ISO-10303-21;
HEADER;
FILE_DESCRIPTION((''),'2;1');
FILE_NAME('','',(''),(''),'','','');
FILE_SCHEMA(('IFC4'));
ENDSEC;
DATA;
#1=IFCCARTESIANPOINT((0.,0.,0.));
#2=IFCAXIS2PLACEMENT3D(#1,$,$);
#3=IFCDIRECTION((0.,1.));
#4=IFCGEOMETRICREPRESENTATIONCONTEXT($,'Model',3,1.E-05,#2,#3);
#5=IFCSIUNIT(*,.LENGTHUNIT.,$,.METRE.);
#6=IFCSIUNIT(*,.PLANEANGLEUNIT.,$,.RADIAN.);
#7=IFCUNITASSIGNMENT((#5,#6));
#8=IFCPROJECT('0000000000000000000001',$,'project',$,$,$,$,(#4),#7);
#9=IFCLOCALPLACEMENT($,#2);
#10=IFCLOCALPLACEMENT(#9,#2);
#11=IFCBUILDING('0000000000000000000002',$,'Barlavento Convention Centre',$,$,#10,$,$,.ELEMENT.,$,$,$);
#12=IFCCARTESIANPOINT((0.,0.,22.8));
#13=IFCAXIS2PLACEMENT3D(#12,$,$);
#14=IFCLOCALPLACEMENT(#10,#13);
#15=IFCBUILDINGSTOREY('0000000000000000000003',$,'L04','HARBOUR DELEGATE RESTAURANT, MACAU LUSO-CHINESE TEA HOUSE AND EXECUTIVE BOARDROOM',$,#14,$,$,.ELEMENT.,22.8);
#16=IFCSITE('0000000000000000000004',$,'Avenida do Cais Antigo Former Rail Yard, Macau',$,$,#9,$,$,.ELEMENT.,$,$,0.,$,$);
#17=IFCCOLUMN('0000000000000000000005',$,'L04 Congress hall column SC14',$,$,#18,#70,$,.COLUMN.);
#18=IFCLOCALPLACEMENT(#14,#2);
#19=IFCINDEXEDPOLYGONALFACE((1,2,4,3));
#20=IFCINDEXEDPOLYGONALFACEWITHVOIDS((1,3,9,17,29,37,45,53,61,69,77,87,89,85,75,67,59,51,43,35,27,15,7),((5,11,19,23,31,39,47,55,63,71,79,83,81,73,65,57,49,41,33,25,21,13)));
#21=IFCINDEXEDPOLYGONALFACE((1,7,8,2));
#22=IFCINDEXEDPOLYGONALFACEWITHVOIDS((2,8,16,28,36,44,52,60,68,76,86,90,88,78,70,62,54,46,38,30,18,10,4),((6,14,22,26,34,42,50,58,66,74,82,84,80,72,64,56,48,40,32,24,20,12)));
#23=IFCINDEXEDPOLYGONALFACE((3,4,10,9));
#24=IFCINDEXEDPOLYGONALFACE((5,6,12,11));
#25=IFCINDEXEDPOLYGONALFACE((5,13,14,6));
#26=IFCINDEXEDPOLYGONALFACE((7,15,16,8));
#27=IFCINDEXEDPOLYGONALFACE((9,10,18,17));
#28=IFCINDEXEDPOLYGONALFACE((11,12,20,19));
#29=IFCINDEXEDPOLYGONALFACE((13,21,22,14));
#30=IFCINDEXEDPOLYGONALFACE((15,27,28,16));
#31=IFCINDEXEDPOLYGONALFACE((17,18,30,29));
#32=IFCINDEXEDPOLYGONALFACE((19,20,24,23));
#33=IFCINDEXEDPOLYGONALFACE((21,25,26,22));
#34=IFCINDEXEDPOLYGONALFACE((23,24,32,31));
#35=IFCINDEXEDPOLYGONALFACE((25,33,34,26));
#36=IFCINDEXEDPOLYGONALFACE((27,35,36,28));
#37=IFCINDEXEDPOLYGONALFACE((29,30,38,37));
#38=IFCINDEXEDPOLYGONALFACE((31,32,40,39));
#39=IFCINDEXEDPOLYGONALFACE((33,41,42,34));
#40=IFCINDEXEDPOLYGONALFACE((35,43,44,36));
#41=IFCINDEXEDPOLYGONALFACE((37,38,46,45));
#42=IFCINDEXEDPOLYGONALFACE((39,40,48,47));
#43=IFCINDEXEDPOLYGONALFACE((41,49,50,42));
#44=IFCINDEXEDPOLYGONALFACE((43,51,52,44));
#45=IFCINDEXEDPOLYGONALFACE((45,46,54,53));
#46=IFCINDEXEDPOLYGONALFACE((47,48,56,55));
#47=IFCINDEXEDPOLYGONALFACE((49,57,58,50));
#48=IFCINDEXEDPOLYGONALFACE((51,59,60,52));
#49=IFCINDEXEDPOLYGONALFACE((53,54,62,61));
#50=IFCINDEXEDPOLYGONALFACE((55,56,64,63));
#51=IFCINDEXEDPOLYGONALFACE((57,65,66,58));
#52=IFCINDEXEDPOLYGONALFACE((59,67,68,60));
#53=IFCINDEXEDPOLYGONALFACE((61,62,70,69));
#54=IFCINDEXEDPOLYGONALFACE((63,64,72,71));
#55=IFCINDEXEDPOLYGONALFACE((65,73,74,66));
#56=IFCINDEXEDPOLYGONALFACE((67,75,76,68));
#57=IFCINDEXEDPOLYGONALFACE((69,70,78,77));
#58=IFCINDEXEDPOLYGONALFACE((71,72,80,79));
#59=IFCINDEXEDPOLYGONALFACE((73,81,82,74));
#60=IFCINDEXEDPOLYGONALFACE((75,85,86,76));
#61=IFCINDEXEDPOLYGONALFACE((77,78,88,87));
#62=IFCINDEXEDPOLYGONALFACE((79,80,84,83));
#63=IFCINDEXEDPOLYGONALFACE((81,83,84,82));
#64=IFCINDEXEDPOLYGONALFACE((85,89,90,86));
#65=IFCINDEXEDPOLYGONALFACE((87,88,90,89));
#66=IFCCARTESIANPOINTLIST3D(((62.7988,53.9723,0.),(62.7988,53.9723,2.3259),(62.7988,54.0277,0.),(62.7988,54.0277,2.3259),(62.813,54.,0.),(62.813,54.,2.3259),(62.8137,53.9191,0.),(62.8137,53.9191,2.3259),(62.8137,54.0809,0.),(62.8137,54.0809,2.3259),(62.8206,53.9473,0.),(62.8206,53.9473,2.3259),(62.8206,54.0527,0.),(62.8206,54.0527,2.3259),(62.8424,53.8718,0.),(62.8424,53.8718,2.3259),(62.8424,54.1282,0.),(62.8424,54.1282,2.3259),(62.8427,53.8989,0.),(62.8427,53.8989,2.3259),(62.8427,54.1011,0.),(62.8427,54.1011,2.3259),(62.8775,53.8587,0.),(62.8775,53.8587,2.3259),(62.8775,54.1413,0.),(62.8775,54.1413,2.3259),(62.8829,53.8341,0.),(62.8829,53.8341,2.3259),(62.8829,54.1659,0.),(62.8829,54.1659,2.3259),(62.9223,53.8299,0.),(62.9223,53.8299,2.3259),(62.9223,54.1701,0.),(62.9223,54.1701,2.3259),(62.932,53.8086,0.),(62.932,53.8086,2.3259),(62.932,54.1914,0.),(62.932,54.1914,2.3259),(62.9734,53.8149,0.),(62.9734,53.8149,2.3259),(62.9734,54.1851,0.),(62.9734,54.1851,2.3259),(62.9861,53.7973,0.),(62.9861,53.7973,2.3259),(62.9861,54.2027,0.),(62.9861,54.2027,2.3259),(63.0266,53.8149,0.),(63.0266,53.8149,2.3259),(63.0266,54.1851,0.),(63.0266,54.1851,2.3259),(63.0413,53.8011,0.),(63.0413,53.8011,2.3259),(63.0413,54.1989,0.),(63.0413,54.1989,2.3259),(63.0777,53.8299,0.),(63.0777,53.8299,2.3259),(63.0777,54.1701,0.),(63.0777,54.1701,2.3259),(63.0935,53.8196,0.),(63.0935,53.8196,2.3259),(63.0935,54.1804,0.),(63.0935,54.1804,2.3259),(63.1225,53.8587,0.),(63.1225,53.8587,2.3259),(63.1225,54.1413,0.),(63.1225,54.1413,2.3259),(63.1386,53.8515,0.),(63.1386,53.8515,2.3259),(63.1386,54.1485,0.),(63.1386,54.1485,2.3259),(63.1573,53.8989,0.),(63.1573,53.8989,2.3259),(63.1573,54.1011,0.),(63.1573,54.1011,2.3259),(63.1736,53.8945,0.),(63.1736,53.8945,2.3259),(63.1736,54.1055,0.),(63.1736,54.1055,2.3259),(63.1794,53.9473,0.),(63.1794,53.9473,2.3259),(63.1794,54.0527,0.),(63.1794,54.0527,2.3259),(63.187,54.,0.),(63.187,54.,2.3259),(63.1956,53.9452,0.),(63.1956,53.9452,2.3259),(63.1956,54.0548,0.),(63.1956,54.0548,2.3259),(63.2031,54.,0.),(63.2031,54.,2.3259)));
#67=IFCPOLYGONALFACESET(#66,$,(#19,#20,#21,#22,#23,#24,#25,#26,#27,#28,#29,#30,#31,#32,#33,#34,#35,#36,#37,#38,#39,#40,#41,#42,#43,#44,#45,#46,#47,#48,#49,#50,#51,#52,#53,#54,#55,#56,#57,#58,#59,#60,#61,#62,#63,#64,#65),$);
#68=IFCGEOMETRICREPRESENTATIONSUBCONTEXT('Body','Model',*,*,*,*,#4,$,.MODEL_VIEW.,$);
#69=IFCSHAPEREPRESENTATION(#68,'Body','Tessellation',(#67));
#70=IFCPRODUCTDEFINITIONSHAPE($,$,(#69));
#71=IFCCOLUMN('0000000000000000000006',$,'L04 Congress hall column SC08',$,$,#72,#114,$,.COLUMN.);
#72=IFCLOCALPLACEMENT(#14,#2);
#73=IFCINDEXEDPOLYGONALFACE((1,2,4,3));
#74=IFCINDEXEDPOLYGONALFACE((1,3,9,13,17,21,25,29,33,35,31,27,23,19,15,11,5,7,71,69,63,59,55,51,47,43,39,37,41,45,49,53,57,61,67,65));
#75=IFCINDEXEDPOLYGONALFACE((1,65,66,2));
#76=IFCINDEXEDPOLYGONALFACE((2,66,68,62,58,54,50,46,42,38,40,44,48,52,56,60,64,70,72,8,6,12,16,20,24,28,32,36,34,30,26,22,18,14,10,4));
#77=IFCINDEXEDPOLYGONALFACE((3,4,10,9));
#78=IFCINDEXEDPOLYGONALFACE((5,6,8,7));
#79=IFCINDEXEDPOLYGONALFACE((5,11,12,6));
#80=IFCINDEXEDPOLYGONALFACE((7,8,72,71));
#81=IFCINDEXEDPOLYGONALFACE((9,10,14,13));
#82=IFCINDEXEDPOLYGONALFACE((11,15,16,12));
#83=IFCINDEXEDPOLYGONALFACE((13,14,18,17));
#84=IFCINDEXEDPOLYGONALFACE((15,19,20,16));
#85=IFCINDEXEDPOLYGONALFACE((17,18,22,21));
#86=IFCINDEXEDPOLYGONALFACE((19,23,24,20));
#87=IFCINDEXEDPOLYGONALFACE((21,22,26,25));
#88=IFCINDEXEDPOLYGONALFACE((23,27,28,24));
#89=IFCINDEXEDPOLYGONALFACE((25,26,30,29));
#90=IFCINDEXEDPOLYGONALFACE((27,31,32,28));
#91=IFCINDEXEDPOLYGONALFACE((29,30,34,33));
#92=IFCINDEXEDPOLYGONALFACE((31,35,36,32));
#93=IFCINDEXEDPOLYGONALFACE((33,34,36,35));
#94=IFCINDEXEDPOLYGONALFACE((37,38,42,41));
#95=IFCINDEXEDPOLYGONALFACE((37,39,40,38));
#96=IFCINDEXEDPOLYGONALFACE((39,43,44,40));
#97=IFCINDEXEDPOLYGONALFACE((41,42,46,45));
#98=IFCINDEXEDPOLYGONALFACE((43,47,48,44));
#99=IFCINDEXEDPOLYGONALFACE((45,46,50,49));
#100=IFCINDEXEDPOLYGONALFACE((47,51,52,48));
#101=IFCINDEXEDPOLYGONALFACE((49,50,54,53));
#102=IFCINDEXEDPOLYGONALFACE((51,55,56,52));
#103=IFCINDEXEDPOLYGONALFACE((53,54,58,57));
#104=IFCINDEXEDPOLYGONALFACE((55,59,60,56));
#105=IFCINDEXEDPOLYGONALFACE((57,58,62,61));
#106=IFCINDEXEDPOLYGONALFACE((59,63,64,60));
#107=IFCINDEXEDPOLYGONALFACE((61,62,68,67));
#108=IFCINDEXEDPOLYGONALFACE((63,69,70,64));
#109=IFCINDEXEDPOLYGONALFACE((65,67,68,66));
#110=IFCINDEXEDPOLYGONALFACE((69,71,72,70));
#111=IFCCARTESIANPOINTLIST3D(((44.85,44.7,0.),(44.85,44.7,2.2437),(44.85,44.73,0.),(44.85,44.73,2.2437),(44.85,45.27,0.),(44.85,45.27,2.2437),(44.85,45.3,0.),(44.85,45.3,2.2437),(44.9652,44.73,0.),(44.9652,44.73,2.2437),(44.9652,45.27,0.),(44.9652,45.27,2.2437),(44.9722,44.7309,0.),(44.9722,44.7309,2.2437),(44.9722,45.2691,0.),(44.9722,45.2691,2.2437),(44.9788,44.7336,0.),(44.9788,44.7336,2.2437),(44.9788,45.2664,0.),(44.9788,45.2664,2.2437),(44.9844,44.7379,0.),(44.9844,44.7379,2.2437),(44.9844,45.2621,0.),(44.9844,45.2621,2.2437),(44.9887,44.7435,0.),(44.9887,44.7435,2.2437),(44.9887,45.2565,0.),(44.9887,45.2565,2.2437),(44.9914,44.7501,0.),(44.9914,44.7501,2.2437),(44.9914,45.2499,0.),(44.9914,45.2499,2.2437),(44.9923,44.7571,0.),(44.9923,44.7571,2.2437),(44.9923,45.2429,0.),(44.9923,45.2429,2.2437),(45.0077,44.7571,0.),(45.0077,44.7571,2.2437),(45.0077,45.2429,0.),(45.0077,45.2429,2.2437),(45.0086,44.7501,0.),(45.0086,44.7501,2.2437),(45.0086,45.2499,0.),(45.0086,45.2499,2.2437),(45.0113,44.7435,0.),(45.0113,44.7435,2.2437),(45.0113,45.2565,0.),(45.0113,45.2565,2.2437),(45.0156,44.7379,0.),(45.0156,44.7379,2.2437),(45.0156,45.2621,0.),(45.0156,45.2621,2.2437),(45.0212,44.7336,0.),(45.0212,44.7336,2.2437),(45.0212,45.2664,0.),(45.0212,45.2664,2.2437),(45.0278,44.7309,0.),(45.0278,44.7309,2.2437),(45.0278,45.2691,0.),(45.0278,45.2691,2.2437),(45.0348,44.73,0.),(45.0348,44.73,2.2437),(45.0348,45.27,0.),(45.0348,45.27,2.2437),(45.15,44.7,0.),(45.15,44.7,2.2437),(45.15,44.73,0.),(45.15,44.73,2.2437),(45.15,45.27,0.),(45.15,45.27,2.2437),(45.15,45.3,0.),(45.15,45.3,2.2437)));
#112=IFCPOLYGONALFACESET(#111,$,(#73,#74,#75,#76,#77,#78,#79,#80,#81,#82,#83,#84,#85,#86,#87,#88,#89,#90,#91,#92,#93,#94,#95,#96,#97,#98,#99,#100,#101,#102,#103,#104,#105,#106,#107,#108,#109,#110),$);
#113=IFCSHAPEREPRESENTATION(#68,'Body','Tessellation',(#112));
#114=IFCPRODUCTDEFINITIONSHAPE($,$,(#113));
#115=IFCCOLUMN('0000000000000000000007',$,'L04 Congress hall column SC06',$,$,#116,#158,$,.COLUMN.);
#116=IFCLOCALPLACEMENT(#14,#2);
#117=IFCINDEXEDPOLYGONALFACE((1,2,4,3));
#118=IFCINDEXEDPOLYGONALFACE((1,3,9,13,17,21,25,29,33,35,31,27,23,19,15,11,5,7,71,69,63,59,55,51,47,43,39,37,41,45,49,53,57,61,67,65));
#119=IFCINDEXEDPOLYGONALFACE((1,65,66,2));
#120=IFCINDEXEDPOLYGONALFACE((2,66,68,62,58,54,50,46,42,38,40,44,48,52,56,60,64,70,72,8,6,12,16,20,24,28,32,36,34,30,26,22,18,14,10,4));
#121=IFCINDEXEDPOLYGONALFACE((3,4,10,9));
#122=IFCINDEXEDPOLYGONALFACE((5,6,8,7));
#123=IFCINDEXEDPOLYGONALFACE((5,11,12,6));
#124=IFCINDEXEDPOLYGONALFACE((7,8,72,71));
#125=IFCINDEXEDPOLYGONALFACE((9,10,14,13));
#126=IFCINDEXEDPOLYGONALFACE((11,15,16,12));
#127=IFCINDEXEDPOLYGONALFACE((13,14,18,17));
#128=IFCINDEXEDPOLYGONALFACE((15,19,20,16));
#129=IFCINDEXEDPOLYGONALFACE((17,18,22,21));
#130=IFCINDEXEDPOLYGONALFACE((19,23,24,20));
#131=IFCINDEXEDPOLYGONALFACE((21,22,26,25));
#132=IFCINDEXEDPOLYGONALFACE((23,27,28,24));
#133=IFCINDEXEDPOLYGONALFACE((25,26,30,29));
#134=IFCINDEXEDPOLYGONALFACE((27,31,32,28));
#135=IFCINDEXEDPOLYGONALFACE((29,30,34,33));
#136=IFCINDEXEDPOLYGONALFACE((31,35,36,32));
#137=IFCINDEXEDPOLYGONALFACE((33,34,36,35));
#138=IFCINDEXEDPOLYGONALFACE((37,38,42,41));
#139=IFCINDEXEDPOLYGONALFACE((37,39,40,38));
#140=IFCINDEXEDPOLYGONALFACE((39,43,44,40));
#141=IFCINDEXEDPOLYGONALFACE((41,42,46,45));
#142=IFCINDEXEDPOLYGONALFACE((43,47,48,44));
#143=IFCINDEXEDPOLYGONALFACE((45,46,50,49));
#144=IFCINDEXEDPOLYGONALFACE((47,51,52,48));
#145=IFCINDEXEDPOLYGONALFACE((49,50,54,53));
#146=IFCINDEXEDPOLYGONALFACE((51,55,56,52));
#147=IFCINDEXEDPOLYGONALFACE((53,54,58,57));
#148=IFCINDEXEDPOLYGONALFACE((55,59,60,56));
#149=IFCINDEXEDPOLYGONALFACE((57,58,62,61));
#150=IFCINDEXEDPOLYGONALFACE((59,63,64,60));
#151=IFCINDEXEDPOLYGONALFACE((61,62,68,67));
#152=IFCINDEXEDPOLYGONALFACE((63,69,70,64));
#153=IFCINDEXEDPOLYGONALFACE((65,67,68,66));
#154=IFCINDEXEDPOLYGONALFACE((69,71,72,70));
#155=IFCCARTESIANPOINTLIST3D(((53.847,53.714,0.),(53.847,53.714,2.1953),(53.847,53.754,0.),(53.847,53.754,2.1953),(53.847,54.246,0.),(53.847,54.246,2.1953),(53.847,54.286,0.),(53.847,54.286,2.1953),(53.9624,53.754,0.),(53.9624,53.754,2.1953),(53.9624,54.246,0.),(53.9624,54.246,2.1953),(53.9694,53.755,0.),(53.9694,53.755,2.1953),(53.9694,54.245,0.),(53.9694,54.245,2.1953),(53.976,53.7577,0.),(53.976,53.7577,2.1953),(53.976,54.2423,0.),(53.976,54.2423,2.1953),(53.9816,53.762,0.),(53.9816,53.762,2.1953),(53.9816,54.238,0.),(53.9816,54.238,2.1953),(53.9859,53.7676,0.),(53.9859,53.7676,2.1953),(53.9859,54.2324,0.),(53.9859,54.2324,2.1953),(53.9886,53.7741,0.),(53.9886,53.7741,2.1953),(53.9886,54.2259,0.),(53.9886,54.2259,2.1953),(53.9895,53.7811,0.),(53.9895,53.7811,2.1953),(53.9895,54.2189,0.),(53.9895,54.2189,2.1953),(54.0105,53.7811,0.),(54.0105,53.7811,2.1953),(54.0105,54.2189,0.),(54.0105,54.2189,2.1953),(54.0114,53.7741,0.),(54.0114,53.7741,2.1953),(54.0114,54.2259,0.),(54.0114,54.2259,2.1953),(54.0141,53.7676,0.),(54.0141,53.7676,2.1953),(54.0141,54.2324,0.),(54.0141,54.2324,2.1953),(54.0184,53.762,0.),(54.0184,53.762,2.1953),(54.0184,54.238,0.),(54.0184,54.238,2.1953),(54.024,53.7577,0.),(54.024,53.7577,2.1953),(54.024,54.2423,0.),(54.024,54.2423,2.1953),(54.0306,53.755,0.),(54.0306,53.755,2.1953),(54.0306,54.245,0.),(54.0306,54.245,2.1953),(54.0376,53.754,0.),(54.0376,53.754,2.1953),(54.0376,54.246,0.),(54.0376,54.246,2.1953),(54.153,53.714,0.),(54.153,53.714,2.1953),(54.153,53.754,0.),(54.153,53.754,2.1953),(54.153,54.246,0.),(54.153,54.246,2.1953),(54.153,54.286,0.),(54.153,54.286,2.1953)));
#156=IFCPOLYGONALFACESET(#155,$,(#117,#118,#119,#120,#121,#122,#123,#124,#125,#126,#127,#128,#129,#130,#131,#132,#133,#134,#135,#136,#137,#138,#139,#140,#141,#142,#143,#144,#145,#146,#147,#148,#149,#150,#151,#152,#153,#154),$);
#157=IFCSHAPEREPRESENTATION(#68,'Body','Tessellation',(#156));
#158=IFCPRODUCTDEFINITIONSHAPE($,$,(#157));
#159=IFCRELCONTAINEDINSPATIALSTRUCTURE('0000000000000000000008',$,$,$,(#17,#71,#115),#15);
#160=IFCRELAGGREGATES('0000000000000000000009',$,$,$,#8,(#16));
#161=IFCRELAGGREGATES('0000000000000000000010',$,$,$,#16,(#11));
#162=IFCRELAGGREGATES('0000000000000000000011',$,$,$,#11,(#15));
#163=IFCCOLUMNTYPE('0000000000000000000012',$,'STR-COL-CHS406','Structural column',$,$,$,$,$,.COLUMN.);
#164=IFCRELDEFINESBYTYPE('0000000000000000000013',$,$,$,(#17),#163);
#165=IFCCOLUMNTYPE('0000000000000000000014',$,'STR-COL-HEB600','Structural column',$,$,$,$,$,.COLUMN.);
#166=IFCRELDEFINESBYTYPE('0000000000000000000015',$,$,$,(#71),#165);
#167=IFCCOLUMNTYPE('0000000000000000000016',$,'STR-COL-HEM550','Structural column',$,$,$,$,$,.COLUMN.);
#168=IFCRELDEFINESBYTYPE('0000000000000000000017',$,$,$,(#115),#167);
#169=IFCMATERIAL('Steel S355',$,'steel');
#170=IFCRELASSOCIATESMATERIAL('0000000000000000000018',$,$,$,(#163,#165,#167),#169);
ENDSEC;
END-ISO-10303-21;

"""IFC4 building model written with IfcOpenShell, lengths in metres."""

from ifc_helpers import new_model, si_unit, direction, frame, origin, origin_2d, place, context, subcontext, project, spatial, hollow_circle, i_section, extrude, material, material_profile, profile_set, type_object, element, save


model = new_model("IFC4")

# Units and contexts
model_context = context("Model", 3, precision=1e-05, world=origin(), true_north=direction((0.0, 1.0)))
body_context = subcontext(model_context, "Body", "Model", "MODEL_VIEW")
ifc_project = project(units=[si_unit("LENGTHUNIT", "METRE"), si_unit("PLANEANGLEUNIT", "RADIAN")], contexts=[model_context])

# Site, building, storey
site_placement = place(None, origin())
site = spatial("IfcSite", under=ifc_project, at=site_placement, Name="Avenida do Cais Antigo Former Rail Yard, Macau", CompositionType="ELEMENT", RefElevation=0.0)
building_placement = place(site_placement, origin())
building = spatial("IfcBuilding", under=site, at=building_placement, Name="Barlavento Convention Centre", CompositionType="ELEMENT")
storey_placement = place(building_placement, frame((0.0, 0.0, 22.8)))
storey = spatial("IfcBuildingStorey", under=building, at=storey_placement, Name="L04", Description="HARBOUR DELEGATE RESTAURANT, MACAU LUSO-CHINESE TEA HOUSE AND EXECUTIVE BOARDROOM", CompositionType="ELEMENT", Elevation=22.8)

# Columns
ifc_material_1 = material(Name="Steel S355", Category="steel")
ifc_material_profile_1 = material_profile(ifc_material_1, hollow_circle(Radius=0.2031, WallThickness=0.0161, at=origin_2d()), Name="CHS 406.4x16.0")
ifc_profile_set_1 = profile_set([ifc_material_profile_1], Name="Steel S355")
column_type_1 = type_object("IfcColumnType", Name="STR-COL-CHS406", Description="Structural column", PredefinedType="COLUMN", material=ifc_profile_set_1)
column_1_placement = place(storey_placement, frame((63.0, 54.0, 0.0), z_axis=(0.0, 0.0, 1.0), x_axis=(1.0, 0.0, 0.0)))
element("IfcColumn", 1, at=column_1_placement, inside=storey, type_object=column_type_1, Name="L04 Congress hall column SC14", PredefinedType="COLUMN", context=body_context, shape_type="SweptSolid", body=[
    extrude(hollow_circle(Radius=0.2031, WallThickness=0.0161, at=origin_2d()), origin(), (0.0, 0.0, 1.0), 2.3259),
])
ifc_material_profile_2 = material_profile(ifc_material_1, i_section(OverallWidth=0.3, OverallDepth=0.6001, WebThickness=0.0154, FlangeThickness=0.03, FilletRadius=0.0271, at=origin_2d()), Name="HEB 600")
ifc_profile_set_2 = profile_set([ifc_material_profile_2], Name="Steel S355")
column_type_2 = type_object("IfcColumnType", Name="STR-COL-HEB600", Description="Structural column", PredefinedType="COLUMN", material=ifc_profile_set_2)
column_2_placement = place(storey_placement, frame((45.0, 45.0, 0.0), z_axis=(0.0, 0.0, 1.0), x_axis=(1.0, 0.0, 0.0)))
element("IfcColumn", 2, at=column_2_placement, inside=storey, type_object=column_type_2, Name="L04 Congress hall column SC08", PredefinedType="COLUMN", context=body_context, shape_type="SweptSolid", body=[
    extrude(i_section(OverallWidth=0.3, OverallDepth=0.6001, WebThickness=0.0154, FlangeThickness=0.03, FilletRadius=0.0271, at=origin_2d()), origin(), (0.0, 0.0, 1.0), 2.2437),
])
ifc_material_profile_3 = material_profile(ifc_material_1, i_section(OverallWidth=0.3059, OverallDepth=0.572, WebThickness=0.021, FlangeThickness=0.04, FilletRadius=0.0271, at=origin_2d()), Name="HEM 550")
ifc_profile_set_3 = profile_set([ifc_material_profile_3], Name="Steel S355")
column_type_3 = type_object("IfcColumnType", Name="STR-COL-HEM550", Description="Structural column", PredefinedType="COLUMN", material=ifc_profile_set_3)
column_3_placement = place(storey_placement, frame((54.0, 54.0, 0.0), z_axis=(0.0, 0.0, 1.0), x_axis=(1.0, 0.0, 0.0)))
element("IfcColumn", 3, at=column_3_placement, inside=storey, type_object=column_type_3, Name="L04 Congress hall column SC06", PredefinedType="COLUMN", context=body_context, shape_type="SweptSolid", body=[
    extrude(i_section(OverallWidth=0.3059, OverallDepth=0.572, WebThickness=0.021, FlangeThickness=0.04, FilletRadius=0.0271, at=origin_2d()), origin(), (0.0, 0.0, 1.0), 2.1953),
])

save(model, "model.ifc")
